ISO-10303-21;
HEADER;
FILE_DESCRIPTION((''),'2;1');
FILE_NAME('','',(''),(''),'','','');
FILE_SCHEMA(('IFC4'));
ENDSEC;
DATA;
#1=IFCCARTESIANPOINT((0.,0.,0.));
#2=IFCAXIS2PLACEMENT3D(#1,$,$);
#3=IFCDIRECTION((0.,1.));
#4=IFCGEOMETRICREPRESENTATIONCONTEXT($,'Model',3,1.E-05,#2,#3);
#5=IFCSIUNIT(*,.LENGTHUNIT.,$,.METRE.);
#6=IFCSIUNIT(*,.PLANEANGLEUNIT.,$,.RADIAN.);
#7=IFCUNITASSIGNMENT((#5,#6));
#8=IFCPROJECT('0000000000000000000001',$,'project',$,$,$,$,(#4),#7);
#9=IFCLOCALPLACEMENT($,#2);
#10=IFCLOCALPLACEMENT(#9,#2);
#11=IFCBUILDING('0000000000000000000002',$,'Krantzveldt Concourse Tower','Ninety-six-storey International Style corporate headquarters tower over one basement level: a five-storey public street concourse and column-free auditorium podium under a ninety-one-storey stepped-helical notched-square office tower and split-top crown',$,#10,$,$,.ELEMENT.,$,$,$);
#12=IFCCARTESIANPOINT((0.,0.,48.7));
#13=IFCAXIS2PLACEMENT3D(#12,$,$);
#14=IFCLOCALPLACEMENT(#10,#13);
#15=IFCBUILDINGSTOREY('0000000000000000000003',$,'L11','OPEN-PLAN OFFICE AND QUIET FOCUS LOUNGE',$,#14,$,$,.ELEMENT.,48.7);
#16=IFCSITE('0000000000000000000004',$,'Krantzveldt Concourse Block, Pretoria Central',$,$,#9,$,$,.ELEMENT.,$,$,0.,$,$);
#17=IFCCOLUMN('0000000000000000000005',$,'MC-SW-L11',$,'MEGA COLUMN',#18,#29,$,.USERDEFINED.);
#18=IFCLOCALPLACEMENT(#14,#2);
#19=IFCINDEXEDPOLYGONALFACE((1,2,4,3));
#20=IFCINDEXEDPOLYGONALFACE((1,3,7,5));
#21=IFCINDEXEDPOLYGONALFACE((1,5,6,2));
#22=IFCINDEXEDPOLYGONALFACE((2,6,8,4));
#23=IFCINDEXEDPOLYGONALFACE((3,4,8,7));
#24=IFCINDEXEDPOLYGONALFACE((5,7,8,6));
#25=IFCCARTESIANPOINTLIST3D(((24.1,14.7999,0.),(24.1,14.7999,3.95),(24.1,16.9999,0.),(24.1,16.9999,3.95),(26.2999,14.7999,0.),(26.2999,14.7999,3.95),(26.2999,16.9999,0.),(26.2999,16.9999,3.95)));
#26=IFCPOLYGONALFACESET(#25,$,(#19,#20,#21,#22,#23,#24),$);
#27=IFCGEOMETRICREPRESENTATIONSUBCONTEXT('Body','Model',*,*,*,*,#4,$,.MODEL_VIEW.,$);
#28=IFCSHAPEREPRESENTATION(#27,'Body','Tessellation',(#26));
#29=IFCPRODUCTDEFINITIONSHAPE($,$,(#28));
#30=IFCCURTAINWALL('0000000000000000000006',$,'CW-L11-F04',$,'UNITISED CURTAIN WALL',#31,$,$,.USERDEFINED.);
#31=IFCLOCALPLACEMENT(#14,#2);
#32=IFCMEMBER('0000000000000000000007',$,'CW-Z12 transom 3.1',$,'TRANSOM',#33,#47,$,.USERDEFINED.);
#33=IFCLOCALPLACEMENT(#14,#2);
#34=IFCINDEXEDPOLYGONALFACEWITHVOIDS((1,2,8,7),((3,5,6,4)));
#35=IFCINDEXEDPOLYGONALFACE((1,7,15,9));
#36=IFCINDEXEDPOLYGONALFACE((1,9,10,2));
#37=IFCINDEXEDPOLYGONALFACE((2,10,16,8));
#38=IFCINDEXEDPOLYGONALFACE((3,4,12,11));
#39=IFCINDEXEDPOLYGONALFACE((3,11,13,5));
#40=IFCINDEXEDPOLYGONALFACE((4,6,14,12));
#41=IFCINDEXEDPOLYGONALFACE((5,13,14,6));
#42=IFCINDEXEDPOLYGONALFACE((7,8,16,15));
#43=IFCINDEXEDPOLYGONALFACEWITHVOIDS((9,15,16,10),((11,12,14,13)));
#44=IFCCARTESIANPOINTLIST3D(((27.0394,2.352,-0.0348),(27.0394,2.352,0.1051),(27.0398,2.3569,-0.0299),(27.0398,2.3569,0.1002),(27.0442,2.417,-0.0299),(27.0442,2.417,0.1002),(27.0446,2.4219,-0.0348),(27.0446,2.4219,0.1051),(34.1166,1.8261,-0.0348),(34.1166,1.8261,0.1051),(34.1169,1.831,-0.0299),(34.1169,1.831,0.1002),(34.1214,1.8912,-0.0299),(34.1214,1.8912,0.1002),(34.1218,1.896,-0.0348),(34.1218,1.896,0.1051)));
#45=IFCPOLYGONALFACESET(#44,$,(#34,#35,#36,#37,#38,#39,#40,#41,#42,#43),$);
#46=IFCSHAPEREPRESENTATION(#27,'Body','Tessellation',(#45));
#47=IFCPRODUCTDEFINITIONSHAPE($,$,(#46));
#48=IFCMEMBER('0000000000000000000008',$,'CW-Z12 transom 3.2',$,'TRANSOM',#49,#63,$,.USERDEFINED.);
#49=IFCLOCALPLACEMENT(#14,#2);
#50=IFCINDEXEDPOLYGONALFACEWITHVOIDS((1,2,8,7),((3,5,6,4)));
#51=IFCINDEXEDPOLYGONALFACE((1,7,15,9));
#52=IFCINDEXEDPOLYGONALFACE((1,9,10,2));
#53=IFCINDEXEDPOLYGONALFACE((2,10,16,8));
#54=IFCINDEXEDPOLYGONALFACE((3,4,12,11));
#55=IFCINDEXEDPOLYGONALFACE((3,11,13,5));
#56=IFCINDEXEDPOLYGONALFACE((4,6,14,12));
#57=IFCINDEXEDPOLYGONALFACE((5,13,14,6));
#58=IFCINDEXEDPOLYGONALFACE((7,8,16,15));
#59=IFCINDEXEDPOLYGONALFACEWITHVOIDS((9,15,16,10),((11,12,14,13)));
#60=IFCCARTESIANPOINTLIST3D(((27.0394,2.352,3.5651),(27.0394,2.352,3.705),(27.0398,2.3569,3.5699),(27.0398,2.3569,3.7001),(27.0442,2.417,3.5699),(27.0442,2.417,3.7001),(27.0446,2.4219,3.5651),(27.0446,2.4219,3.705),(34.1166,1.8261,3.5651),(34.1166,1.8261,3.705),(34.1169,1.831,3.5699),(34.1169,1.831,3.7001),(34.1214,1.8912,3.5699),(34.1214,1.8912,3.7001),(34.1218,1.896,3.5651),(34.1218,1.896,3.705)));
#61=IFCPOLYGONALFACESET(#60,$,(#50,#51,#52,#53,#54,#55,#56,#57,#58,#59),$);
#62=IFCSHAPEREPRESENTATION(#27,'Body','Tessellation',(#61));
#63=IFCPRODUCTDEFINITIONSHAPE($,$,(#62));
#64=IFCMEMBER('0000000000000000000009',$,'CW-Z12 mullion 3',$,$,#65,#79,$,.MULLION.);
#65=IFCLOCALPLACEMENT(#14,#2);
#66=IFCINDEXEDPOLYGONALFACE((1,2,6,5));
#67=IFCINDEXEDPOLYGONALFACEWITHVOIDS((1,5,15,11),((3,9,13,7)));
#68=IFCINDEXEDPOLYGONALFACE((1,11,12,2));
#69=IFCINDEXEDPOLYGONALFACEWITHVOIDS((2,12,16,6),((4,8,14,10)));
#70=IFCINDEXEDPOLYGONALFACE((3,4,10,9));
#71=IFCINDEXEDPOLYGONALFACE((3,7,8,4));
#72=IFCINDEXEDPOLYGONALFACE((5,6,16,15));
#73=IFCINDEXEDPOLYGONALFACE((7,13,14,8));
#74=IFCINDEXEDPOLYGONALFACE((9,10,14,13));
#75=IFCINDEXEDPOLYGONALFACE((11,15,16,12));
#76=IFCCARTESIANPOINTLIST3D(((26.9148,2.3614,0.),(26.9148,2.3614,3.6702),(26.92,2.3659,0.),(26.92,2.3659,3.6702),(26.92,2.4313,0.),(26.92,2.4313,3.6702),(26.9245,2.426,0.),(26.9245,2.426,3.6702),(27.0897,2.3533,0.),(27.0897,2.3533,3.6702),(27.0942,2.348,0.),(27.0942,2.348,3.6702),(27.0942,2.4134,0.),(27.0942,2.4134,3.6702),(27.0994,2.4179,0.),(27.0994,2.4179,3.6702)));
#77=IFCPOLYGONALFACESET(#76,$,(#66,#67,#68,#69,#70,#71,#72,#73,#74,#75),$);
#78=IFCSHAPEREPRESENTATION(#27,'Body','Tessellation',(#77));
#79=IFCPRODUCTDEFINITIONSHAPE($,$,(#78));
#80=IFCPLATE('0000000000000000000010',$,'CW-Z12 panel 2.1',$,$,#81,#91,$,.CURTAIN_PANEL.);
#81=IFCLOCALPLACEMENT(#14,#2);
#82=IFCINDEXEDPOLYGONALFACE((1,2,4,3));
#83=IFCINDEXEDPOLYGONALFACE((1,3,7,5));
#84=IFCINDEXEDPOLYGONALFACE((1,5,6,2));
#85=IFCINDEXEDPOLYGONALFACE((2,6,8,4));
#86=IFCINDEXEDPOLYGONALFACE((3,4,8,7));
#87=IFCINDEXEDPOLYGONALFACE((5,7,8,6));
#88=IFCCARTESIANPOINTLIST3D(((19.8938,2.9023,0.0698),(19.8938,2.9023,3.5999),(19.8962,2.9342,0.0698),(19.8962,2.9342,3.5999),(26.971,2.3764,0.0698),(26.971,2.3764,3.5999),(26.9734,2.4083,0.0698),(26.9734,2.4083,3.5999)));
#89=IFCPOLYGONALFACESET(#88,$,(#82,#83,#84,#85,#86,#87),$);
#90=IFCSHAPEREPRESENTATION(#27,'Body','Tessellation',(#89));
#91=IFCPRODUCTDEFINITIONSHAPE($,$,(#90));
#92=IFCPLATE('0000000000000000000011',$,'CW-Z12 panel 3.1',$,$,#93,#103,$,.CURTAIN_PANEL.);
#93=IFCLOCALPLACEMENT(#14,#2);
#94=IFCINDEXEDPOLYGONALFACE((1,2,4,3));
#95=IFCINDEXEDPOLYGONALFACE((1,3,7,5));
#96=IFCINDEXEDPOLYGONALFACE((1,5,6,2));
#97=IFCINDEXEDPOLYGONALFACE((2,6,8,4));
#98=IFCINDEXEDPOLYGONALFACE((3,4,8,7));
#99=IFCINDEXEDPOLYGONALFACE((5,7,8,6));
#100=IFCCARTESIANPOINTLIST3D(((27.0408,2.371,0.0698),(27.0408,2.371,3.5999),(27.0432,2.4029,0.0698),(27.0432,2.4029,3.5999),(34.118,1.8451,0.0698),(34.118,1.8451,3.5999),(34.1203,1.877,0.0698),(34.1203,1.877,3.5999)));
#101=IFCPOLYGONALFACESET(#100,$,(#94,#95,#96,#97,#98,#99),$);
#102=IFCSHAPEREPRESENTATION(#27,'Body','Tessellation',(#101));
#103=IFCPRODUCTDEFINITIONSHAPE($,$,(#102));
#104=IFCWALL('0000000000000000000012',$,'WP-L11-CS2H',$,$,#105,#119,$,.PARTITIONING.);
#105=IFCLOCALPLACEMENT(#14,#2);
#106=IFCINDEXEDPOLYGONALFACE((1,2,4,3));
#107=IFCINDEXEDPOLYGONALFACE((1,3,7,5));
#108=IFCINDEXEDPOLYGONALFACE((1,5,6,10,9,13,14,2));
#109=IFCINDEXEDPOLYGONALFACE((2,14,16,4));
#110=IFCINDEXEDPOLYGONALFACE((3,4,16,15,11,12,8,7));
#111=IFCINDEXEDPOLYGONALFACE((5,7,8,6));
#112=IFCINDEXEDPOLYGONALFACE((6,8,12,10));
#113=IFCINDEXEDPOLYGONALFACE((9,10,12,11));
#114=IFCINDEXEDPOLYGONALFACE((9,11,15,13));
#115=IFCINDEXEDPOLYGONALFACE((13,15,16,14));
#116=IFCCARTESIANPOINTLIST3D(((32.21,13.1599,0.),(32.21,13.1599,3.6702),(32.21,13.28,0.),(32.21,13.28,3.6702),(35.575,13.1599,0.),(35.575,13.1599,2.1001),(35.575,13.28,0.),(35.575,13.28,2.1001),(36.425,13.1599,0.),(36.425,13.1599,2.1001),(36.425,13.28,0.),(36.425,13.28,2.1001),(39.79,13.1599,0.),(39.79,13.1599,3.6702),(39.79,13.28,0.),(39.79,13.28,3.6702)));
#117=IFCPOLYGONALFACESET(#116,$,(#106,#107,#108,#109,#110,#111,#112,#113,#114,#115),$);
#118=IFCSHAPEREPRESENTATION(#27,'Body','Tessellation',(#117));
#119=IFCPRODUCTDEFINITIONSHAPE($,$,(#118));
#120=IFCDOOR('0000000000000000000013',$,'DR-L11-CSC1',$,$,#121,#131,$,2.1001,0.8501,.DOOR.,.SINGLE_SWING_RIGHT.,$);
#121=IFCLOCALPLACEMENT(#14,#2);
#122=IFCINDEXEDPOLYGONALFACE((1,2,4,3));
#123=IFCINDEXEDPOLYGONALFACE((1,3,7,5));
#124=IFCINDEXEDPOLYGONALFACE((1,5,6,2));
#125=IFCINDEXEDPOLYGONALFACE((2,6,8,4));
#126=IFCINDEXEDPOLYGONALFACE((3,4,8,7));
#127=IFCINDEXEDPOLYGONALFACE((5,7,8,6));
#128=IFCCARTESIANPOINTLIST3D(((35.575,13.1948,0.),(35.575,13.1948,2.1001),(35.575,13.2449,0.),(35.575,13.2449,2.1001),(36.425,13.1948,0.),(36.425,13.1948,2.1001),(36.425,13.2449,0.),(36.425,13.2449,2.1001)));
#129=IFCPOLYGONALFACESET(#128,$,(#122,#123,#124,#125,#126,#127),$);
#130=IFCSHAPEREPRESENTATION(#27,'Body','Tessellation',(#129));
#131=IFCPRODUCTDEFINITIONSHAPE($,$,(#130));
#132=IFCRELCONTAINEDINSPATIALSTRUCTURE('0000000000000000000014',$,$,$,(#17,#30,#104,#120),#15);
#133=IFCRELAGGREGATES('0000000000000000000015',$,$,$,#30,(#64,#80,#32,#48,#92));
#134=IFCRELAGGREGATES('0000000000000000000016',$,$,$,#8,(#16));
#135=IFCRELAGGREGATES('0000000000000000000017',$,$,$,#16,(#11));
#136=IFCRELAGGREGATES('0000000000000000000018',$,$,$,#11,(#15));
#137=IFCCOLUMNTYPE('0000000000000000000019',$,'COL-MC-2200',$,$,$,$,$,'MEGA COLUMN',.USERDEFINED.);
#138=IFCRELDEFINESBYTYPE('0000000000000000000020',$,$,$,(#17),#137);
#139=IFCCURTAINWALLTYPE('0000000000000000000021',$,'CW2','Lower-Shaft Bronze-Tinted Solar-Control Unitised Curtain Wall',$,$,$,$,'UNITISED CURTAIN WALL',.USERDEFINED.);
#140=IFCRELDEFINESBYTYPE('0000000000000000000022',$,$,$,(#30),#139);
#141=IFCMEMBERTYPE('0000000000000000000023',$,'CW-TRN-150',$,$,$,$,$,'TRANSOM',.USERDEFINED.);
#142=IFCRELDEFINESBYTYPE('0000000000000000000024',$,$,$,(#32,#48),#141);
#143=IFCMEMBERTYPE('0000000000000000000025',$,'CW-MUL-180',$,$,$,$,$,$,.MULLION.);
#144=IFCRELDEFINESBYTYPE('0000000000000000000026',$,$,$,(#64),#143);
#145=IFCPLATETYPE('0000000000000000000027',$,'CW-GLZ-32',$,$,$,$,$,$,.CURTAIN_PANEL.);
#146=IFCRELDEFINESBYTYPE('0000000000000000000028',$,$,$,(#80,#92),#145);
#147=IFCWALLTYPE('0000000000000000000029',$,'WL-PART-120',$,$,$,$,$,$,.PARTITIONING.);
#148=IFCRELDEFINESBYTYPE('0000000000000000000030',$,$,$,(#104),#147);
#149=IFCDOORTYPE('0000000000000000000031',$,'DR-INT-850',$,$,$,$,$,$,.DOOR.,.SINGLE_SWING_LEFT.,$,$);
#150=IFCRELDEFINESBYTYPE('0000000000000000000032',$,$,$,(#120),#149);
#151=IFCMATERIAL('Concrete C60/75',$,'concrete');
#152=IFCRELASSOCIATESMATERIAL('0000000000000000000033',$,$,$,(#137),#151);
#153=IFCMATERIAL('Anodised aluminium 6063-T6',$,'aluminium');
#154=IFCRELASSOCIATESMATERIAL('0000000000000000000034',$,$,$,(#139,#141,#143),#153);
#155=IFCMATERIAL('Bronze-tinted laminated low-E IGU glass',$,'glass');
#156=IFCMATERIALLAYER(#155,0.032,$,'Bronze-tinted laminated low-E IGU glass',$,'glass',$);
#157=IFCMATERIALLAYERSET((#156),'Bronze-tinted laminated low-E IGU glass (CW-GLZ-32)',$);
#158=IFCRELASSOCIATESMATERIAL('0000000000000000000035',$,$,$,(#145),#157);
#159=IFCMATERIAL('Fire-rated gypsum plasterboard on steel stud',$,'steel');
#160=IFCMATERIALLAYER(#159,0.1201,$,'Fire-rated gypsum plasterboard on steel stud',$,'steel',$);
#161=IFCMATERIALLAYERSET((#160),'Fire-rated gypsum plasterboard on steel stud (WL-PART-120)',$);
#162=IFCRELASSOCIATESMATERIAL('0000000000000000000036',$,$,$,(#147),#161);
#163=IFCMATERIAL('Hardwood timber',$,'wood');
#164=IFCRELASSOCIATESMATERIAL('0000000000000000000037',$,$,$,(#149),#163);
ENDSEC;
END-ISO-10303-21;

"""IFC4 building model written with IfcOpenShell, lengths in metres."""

from ifc_helpers import new_model, si_unit, direction, frame, frame_2d, origin, origin_2d, place, context, subcontext, project, spatial, rectangle, hollow_rectangle, extrude, source, transform, mapped, material, layer, layer_set, material_profile, profile_set, type_object, type_shapes, element, fill, aggregate, save


model = new_model("IFC4")

# Units and contexts
model_context = context("Model", 3, precision=1e-05, world=origin(), true_north=direction((0.0, 1.0)))
body_context = subcontext(model_context, "Body", "Model", "MODEL_VIEW")
ifc_project = project(units=[si_unit("LENGTHUNIT", "METRE"), si_unit("PLANEANGLEUNIT", "RADIAN")], contexts=[model_context])

# Site, building, storey
site_placement = place(None, origin())
site = spatial("IfcSite", under=ifc_project, at=site_placement, Name="Krantzveldt Concourse Block, Pretoria Central", CompositionType="ELEMENT", RefElevation=0.0)
building_placement = place(site_placement, origin())
building = spatial("IfcBuilding", under=site, at=building_placement, Name="Krantzveldt Concourse Tower", Description="Ninety-six-storey International Style corporate headquarters tower over one basement level: a five-storey public street concourse and column-free auditorium podium under a ninety-one-storey stepped-helical notched-square office tower and split-top crown", CompositionType="ELEMENT")
storey_placement = place(building_placement, frame((0.0, 0.0, 48.7)))
storey = spatial("IfcBuildingStorey", under=building, at=storey_placement, Name="L11", Description="OPEN-PLAN OFFICE AND QUIET FOCUS LOUNGE", CompositionType="ELEMENT", Elevation=48.7)

# Column
ifc_material_1 = material(Name="Concrete C60/75", Category="concrete")
ifc_material_profile_1 = material_profile(ifc_material_1, rectangle(XDim=2.2, YDim=2.2, at=origin_2d()), Name="Concrete C60/75", Category="concrete")
ifc_profile_set_1 = profile_set([ifc_material_profile_1], Name="Concrete C60/75 - RC 2200x2200")
column_type = type_object("IfcColumnType", Name="COL-MC-2200", ElementType="MEGA COLUMN", PredefinedType="USERDEFINED", material=ifc_profile_set_1)
shared_shape_1 = source(origin(), body_context, "Body", "SweptSolid", [
    extrude(rectangle(XDim=2.2, YDim=2.2, at=origin_2d()), origin(), (0.0, 0.0, 1.0), 3.95),
])
type_shapes(column_type, [shared_shape_1])
column_placement = place(storey_placement, frame((25.2, 15.8999, 0.0), z_axis=(0.0, 0.0, 1.0), x_axis=(1.0, 0.0, 0.0)))
element("IfcColumn", 1, at=column_placement, inside=storey, type_object=column_type, Name="MC-SW-L11", ObjectType="MEGA COLUMN", PredefinedType="USERDEFINED", context=body_context, shape_type="MappedRepresentation", body=[
    mapped(shared_shape_1, transform((0.0, 0.0, 0.0), x_axis=(1.0, 0.0, 0.0), y_axis=(0.0, 1.0, 0.0), z_axis=(0.0, 0.0, 1.0), scale=1.0)),
])

# Curtain wall, members, plates
ifc_material_2 = material(Name="Anodised aluminium 6063-T6", Category="aluminium")
curtain_wall_type = type_object("IfcCurtainWallType", Name="CW2", Description="Lower-Shaft Bronze-Tinted Solar-Control Unitised Curtain Wall", ElementType="UNITISED CURTAIN WALL", PredefinedType="USERDEFINED", material=ifc_material_2)
curtain_wall_placement = place(storey_placement, origin())
curtain_wall = element("IfcCurtainWall", 2, at=curtain_wall_placement, inside=storey, type_object=curtain_wall_type, Name="CW-L11-F04", ObjectType="UNITISED CURTAIN WALL", PredefinedType="USERDEFINED")
ifc_material_profile_2 = material_profile(ifc_material_2, hollow_rectangle(XDim=0.0701, YDim=0.1399, WallThickness=0.0049, at=origin_2d()), Name="Anodised aluminium 6063-T6", Category="aluminium")
ifc_profile_set_2 = profile_set([ifc_material_profile_2], Name="Anodised aluminium 6063-T6 - ALU-TRAN 140x70x5")
member_type_1 = type_object("IfcMemberType", Name="CW-TRN-150", ElementType="TRANSOM", PredefinedType="USERDEFINED", material=ifc_profile_set_2)
shared_shape_2 = source(origin(), body_context, "Body", "SweptSolid", [
    extrude(hollow_rectangle(XDim=0.0701, YDim=0.1399, WallThickness=0.0049, at=origin_2d()), origin(), (0.0, 0.0, 1.0), 7.0967),
])
type_shapes(member_type_1, [shared_shape_2])
member_1_placement = place(storey_placement, frame((27.042, 2.387, 0.0352), z_axis=(0.997251, -0.074102, 0.0), x_axis=(0.074102, 0.997251, 0.0)))
member_1 = element("IfcMember", 3, at=member_1_placement, type_object=member_type_1, Name="CW-Z12 transom 3.1", ObjectType="TRANSOM", PredefinedType="USERDEFINED", context=body_context, shape_type="MappedRepresentation", body=[
    mapped(shared_shape_2, transform((0.0, 0.0, 0.0), x_axis=(1.0, 0.0, 0.0), y_axis=(0.0, 1.0, 0.0), z_axis=(0.0, 0.0, 1.0), scale=1.0)),
])
member_2_placement = place(storey_placement, frame((27.042, 2.387, 3.635), z_axis=(0.997251, -0.074102, 0.0), x_axis=(0.074102, 0.997251, 0.0)))
member_2 = element("IfcMember", 4, at=member_2_placement, type_object=member_type_1, Name="CW-Z12 transom 3.2", ObjectType="TRANSOM", PredefinedType="USERDEFINED", context=body_context, shape_type="MappedRepresentation", body=[
    mapped(shared_shape_2, transform((0.0, 0.0, 0.0), x_axis=(1.0, 0.0, 0.0), y_axis=(0.0, 1.0, 0.0), z_axis=(0.0, 0.0, 1.0), scale=1.0)),
])
ifc_material_profile_3 = material_profile(ifc_material_2, hollow_rectangle(XDim=0.0701, YDim=0.1799, WallThickness=0.0049, at=origin_2d()), Name="Anodised aluminium 6063-T6", Category="aluminium")
ifc_profile_set_3 = profile_set([ifc_material_profile_3], Name="Anodised aluminium 6063-T6 - ALU-MULL 180x70x5")
member_type_2 = type_object("IfcMemberType", Name="CW-MUL-180", PredefinedType="MULLION", material=ifc_profile_set_3)
shared_shape_3 = source(origin(), body_context, "Body", "SweptSolid", [
    extrude(hollow_rectangle(XDim=0.0701, YDim=0.1799, WallThickness=0.0049, at=origin_2d()), origin(), (0.0, 0.0, 1.0), 3.6702),
])
type_shapes(member_type_2, [shared_shape_3])
member_3_placement = place(storey_placement, frame((27.0071, 2.3896, 0.0), z_axis=(0.0, 0.0, 1.0), x_axis=(0.074109, 0.99725, 0.0)))
member_3 = element("IfcMember", 5, at=member_3_placement, type_object=member_type_2, Name="CW-Z12 mullion 3", PredefinedType="MULLION", context=body_context, shape_type="MappedRepresentation", body=[
    mapped(shared_shape_3, transform((0.0, 0.0, 0.0), x_axis=(1.0, 0.0, 0.0), y_axis=(0.0, 1.0, 0.0), z_axis=(0.0, 0.0, 1.0), scale=1.0)),
])
ifc_material_3 = material(Name="Bronze-tinted laminated low-E IGU glass", Category="glass")
ifc_layer_1 = layer(ifc_material_3, 0.032, Name="Bronze-tinted laminated low-E IGU glass", Category="glass")
ifc_layer_set_1 = layer_set([ifc_layer_1], Name="Bronze-tinted laminated low-E IGU glass (CW-GLZ-32)")
plate_type = type_object("IfcPlateType", Name="CW-GLZ-32", PredefinedType="CURTAIN_PANEL", material=ifc_layer_set_1)
shared_shape_4 = source(origin(), body_context, "Body", "SweptSolid", [
    extrude(rectangle(XDim=7.0967, YDim=0.032, at=origin_2d()), origin(), (0.0, 0.0, 1.0), 3.53),
])
type_shapes(plate_type, [shared_shape_4])
plate_1_placement = place(storey_placement, frame((23.4336, 2.6553, 0.0698), z_axis=(0.0, 0.0, 1.0), x_axis=(0.99725, -0.074109, 0.0)))
plate_1 = element("IfcPlate", 6, at=plate_1_placement, type_object=plate_type, Name="CW-Z12 panel 2.1", PredefinedType="CURTAIN_PANEL", context=body_context, shape_type="MappedRepresentation", body=[
    mapped(shared_shape_4, transform((0.0, 0.0, 0.0), x_axis=(1.0, 0.0, 0.0), y_axis=(0.0, 1.0, 0.0), z_axis=(0.0, 0.0, 1.0), scale=1.0)),
])
plate_2_placement = place(storey_placement, frame((30.5806, 2.124, 0.0698), z_axis=(0.0, 0.0, 1.0), x_axis=(0.99725, -0.074109, 0.0)))
plate_2 = element("IfcPlate", 7, at=plate_2_placement, type_object=plate_type, Name="CW-Z12 panel 3.1", PredefinedType="CURTAIN_PANEL", context=body_context, shape_type="MappedRepresentation", body=[
    mapped(shared_shape_4, transform((0.0, 0.0, 0.0), x_axis=(1.0, 0.0, 0.0), y_axis=(0.0, 1.0, 0.0), z_axis=(0.0, 0.0, 1.0), scale=1.0)),
])
aggregate(curtain_wall, [member_3, plate_1, member_1, member_2, plate_2])

# Wall, opening, door
ifc_material_4 = material(Name="Fire-rated gypsum plasterboard on steel stud", Category="steel")
ifc_layer_2 = layer(ifc_material_4, 0.1201, Name="Fire-rated gypsum plasterboard on steel stud", Category="steel")
ifc_layer_set_2 = layer_set([ifc_layer_2], Name="Fire-rated gypsum plasterboard on steel stud (WL-PART-120)")
wall_type_1 = type_object("IfcWallType", Name="WL-PART-120", PredefinedType="PARTITIONING", material=ifc_layer_set_2)
wall_1_placement = place(storey_placement, frame((32.21, 13.22, 0.0), z_axis=(0.0, 0.0, 1.0), x_axis=(1.0, 0.0, 0.0)))
wall_1 = element("IfcWall", 8, at=wall_1_placement, inside=storey, type_object=wall_type_1, Name="WP-L11-CS2H", PredefinedType="PARTITIONING", context=body_context, shape_type="SweptSolid", body=[
    extrude(rectangle(XDim=7.5801, YDim=0.1201, at=frame_2d((3.79, 0.0))), origin(), (0.0, 0.0, 1.0), 3.6702),
])
opening_1_placement = place(wall_1_placement, frame((3.365, 0.0, 0.0)))
opening_1 = element("IfcOpeningElement", 9, at=opening_1_placement, cuts=wall_1, PredefinedType="OPENING", context=body_context, shape_type="SweptSolid", body=[
    extrude(rectangle(XDim=0.8501, YDim=2.1001, at=frame_2d((0.425, 1.05))), frame((0.0, 0.0701, 0.0), z_axis=(0.0, -1.0, 0.0), x_axis=(1.0, 0.0, 0.0)), (0.0, 0.0, 1.0), 0.1401),
])
ifc_material_5 = material(Name="Hardwood timber", Category="wood")
door_type_1 = type_object("IfcDoorType", Name="DR-INT-850", OperationType="SINGLE_SWING_LEFT", PredefinedType="DOOR", material=ifc_material_5)
door_1_placement = place(opening_1_placement, origin())
door_1 = element("IfcDoor", 10, at=door_1_placement, inside=storey, type_object=door_type_1, Name="DR-L11-CSC1", OperationType="SINGLE_SWING_RIGHT", OverallHeight=2.1001, OverallWidth=0.8501, PredefinedType="DOOR", context=body_context, shape_type="SweptSolid", body=[
    extrude(rectangle(XDim=0.8501, YDim=2.1001, at=frame_2d((0.425, 1.05))), frame((0.0, 0.0249, 0.0), z_axis=(0.0, -1.0, 0.0), x_axis=(1.0, 0.0, 0.0)), (0.0, 0.0, 1.0), 0.05),
])
fill(opening_1, door_1)

save(model, "model.ifc")
